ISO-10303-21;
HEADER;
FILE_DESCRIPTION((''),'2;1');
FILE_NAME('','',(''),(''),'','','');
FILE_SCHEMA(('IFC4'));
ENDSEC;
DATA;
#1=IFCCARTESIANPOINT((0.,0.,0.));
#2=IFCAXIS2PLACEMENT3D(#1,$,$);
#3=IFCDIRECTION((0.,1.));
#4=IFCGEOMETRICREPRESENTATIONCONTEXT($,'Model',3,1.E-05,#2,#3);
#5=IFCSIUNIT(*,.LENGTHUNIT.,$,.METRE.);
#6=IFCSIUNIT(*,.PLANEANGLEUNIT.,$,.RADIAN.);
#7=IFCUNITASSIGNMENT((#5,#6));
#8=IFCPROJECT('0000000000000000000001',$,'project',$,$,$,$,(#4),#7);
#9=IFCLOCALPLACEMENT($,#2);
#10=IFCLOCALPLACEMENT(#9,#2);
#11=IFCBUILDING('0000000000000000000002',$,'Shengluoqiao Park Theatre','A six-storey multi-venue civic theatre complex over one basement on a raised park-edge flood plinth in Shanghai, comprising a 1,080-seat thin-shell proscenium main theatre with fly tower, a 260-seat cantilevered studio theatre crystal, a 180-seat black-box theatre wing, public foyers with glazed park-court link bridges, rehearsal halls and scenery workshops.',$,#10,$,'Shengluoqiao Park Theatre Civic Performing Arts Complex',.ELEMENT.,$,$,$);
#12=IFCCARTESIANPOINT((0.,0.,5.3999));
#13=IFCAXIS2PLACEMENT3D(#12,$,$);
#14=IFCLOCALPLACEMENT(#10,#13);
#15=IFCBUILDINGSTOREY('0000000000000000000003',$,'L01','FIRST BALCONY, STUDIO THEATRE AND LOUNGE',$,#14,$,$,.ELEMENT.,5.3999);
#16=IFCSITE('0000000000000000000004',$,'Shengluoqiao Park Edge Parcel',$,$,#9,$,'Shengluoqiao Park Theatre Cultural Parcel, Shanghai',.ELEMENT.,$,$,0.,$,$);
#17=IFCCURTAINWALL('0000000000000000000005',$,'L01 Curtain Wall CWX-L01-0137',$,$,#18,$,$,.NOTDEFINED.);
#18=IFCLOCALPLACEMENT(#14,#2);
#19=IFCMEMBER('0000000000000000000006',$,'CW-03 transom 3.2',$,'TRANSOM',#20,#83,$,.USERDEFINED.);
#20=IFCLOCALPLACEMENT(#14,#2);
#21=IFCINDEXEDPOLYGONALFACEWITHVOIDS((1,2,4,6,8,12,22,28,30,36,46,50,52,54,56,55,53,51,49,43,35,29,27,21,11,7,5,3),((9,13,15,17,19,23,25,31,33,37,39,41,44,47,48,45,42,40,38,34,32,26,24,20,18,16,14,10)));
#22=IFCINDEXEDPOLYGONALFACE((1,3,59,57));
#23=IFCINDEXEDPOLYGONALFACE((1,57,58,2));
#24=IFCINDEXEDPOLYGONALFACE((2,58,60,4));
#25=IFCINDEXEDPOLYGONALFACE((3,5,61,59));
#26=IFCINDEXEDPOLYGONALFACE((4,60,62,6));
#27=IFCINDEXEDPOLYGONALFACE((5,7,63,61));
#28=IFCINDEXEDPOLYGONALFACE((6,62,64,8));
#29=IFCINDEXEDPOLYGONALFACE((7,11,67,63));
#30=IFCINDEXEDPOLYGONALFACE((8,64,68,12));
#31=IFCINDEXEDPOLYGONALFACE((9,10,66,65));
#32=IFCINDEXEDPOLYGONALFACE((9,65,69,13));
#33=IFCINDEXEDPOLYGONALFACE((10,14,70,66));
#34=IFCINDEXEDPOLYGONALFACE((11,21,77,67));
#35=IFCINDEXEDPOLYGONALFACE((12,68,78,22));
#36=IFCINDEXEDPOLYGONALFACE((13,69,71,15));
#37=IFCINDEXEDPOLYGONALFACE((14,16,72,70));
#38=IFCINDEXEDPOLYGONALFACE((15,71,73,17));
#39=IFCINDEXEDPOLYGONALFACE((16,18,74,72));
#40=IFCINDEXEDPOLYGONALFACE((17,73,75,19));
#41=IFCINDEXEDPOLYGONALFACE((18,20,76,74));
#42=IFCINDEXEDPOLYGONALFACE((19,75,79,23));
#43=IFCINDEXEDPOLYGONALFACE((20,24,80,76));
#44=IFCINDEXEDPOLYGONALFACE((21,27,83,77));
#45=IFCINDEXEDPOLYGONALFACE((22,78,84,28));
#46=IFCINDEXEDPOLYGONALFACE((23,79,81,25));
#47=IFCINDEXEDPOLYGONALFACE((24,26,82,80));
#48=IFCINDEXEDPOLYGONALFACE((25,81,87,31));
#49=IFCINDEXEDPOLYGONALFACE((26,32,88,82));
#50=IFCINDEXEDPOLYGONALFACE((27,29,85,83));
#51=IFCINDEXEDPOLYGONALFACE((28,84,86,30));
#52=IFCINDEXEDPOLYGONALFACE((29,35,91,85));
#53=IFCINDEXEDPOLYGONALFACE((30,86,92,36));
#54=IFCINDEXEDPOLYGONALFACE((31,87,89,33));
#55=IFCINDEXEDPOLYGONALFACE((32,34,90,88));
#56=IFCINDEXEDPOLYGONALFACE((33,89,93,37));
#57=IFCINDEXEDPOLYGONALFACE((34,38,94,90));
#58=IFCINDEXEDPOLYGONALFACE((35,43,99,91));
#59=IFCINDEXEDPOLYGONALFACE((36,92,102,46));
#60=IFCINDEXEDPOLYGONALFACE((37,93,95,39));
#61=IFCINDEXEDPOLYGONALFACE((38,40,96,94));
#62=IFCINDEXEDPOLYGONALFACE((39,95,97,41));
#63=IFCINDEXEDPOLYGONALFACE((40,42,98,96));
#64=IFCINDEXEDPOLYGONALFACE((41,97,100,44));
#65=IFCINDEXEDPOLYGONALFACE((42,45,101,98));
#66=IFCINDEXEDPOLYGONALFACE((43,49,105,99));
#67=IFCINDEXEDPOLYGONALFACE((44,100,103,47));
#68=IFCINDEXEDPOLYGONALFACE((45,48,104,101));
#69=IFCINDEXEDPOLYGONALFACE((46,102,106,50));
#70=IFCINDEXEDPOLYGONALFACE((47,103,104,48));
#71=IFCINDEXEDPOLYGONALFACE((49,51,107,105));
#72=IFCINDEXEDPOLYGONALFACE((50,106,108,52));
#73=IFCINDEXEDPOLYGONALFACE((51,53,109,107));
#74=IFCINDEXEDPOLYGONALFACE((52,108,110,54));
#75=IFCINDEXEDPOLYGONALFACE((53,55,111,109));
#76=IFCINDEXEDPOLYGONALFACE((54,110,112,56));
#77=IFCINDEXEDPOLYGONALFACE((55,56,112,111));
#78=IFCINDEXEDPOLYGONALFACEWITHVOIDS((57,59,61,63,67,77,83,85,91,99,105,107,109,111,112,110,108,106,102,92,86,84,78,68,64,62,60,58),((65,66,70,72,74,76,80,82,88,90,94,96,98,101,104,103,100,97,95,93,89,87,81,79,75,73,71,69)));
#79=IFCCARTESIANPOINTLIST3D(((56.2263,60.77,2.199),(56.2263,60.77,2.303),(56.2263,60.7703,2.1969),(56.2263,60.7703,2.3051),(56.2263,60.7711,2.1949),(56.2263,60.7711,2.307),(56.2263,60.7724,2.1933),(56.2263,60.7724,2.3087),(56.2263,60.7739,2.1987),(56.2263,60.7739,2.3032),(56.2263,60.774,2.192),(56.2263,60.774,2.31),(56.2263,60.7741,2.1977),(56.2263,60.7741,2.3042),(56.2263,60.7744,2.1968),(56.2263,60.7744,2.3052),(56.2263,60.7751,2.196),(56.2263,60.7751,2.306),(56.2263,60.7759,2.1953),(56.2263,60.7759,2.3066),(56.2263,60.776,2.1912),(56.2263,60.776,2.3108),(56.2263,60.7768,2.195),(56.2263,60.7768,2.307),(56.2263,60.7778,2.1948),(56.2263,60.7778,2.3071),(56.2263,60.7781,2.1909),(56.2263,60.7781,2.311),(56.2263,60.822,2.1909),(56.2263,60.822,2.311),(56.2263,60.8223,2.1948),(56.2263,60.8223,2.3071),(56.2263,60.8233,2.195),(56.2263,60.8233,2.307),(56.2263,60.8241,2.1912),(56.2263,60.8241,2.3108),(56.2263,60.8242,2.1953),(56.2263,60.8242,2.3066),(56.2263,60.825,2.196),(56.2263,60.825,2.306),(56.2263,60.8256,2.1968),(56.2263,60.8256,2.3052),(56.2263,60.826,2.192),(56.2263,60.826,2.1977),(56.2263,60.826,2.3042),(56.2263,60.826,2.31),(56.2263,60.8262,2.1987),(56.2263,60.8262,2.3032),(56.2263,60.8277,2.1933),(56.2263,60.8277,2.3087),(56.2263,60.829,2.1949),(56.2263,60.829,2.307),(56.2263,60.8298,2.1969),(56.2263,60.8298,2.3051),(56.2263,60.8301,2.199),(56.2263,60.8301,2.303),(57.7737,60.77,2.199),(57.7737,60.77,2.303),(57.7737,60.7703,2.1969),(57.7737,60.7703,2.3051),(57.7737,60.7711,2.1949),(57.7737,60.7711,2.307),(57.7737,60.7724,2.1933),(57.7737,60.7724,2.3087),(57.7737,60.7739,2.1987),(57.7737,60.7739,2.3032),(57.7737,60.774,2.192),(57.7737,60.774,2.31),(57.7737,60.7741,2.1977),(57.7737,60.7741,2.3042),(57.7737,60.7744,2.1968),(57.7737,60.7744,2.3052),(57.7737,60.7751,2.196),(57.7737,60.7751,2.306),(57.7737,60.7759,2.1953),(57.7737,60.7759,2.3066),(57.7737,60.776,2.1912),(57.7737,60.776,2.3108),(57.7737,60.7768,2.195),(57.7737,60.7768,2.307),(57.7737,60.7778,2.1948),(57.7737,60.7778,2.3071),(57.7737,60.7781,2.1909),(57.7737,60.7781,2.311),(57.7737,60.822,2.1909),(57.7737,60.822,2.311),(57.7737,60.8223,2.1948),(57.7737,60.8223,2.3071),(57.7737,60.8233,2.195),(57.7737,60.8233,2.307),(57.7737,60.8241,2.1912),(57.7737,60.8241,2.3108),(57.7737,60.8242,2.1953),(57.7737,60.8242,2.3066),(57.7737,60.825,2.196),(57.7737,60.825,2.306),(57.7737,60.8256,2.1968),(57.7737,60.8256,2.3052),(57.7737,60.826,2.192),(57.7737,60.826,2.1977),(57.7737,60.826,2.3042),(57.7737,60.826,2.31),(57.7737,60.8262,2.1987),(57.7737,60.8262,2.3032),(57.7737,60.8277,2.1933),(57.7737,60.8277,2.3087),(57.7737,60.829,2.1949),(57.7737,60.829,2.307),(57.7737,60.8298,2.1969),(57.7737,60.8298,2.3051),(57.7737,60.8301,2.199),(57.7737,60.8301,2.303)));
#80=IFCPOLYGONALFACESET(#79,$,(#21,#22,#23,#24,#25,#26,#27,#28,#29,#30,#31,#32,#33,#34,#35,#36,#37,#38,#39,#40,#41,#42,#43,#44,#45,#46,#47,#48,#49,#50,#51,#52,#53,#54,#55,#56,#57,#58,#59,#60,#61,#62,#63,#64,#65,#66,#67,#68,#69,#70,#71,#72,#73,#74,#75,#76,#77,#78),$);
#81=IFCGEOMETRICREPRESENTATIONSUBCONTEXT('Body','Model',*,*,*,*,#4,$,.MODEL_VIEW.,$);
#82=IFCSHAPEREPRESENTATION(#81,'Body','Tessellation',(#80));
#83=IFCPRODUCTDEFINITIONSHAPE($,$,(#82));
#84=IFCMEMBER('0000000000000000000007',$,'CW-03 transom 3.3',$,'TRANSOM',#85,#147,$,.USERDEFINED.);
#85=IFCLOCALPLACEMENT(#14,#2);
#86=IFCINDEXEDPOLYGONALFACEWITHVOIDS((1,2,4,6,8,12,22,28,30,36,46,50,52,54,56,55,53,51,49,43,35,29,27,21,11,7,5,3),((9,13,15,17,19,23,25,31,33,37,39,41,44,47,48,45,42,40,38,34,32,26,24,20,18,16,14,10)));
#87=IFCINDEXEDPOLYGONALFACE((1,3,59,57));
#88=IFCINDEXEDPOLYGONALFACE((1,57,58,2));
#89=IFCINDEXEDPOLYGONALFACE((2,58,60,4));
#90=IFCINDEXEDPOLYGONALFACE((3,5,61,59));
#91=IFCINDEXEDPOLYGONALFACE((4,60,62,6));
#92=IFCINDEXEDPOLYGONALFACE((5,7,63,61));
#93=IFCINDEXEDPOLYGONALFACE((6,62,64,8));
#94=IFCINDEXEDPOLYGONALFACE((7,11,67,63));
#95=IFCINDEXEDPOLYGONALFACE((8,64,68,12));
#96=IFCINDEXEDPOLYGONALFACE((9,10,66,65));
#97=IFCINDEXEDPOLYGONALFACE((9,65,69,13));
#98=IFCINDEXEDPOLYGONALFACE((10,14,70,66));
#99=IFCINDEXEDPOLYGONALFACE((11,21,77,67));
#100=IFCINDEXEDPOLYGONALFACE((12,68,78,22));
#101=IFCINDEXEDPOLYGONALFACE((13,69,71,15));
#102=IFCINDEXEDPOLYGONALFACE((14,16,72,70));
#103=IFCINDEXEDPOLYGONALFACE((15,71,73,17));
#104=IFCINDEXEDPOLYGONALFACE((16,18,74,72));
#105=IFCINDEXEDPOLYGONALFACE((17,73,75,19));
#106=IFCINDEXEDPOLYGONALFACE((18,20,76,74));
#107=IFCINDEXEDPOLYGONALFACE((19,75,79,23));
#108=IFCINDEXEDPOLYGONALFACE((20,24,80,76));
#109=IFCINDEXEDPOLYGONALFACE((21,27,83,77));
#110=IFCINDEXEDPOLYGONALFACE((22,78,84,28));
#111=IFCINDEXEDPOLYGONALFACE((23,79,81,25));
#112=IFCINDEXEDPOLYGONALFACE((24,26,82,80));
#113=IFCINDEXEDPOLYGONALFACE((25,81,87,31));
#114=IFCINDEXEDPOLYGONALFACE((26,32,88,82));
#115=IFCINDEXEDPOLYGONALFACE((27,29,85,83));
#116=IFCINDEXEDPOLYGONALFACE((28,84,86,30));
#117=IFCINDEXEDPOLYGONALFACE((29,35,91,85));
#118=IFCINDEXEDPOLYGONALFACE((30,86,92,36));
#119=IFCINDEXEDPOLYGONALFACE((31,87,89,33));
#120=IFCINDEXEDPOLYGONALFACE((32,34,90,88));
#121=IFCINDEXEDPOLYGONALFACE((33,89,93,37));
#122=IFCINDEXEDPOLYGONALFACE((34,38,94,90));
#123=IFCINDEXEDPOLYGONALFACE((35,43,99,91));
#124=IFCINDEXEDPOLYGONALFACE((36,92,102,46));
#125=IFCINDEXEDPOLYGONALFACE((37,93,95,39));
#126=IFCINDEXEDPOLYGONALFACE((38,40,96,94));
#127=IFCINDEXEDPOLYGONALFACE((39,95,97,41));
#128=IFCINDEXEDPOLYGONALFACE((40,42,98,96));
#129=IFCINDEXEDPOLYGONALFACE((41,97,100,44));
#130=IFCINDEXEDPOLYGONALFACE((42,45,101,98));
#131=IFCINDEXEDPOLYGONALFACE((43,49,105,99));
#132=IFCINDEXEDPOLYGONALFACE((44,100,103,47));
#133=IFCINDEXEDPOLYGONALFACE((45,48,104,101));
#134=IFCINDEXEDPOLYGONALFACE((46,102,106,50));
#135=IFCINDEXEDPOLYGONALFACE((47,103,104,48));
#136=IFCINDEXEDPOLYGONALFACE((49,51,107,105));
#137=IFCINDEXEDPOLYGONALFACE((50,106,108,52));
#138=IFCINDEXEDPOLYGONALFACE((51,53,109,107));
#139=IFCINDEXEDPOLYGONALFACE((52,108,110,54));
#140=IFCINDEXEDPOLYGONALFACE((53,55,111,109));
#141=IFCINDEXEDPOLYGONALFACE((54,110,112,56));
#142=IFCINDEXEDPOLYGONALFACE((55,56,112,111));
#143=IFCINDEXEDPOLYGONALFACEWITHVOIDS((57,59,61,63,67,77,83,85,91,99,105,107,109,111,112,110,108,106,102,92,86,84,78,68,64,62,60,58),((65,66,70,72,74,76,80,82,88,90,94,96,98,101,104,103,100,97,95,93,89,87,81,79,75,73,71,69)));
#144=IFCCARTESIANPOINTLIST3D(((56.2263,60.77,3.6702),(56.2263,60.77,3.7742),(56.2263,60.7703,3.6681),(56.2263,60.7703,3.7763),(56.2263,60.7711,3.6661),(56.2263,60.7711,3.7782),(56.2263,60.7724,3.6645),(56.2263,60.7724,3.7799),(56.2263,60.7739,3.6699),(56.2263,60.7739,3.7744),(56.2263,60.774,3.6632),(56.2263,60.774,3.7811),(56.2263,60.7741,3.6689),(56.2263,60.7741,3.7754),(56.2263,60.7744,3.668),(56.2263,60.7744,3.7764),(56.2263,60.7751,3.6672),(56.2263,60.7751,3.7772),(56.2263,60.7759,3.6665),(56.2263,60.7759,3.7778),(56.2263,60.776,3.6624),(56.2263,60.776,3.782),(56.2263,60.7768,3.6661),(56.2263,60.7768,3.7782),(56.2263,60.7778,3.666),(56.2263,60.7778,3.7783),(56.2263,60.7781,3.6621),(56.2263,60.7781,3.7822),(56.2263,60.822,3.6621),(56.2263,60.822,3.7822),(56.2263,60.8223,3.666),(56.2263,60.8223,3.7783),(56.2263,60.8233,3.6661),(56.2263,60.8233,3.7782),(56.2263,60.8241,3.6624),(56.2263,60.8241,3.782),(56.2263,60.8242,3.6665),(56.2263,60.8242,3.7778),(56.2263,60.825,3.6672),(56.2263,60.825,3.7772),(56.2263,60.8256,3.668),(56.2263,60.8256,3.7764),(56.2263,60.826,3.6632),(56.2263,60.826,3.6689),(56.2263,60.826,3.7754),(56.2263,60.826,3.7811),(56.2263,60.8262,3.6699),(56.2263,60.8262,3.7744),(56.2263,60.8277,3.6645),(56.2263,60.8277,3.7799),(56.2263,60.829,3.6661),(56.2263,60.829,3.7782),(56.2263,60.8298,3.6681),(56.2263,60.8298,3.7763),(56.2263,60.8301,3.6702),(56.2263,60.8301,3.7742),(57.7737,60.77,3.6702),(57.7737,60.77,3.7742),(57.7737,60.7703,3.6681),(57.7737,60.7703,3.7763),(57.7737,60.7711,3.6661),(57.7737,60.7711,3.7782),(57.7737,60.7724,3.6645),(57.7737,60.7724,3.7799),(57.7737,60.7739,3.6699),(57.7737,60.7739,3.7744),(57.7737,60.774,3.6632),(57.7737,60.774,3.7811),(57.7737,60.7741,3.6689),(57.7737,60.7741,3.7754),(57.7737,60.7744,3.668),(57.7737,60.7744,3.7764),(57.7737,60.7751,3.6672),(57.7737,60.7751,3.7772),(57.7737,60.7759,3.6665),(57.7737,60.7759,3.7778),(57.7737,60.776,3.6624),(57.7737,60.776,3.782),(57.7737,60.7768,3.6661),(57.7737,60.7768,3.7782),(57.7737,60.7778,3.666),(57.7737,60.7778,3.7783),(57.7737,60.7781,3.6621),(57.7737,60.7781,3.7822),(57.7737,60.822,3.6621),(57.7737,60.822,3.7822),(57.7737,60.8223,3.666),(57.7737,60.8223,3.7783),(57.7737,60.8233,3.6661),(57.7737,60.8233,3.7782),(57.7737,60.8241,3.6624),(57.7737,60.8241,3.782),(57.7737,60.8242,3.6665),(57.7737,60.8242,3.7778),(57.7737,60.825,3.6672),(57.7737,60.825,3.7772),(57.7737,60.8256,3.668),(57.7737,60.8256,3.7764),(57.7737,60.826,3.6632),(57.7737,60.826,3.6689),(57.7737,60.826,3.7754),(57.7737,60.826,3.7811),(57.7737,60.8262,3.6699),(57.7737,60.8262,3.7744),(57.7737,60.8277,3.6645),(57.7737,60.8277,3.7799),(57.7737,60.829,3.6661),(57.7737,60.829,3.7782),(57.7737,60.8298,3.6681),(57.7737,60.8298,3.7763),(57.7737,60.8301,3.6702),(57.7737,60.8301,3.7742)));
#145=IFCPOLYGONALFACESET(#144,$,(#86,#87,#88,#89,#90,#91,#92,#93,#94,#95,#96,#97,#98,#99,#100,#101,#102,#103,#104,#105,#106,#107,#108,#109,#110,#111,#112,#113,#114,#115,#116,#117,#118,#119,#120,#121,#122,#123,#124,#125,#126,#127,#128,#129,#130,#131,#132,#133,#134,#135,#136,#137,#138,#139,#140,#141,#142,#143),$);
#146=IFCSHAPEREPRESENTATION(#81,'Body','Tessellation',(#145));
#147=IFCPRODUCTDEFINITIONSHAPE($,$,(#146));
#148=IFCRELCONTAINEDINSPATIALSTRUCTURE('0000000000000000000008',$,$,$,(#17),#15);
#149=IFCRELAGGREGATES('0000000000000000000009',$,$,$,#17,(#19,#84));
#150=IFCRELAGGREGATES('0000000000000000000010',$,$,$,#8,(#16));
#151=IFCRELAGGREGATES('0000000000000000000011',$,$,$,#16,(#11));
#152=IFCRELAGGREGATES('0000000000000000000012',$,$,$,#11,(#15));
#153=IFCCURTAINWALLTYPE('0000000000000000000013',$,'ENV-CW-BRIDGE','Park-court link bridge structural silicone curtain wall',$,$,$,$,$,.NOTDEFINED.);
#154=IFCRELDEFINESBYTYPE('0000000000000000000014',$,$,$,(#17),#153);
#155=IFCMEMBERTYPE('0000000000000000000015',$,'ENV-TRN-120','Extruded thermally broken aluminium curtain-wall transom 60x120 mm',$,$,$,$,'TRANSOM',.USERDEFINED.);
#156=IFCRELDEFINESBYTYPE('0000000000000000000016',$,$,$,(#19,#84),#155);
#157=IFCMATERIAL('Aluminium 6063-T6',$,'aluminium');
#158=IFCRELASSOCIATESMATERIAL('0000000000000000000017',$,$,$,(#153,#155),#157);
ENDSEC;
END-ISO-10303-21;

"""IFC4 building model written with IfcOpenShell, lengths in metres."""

from ifc_helpers import new_model, si_unit, direction, frame, origin, origin_2d, place, context, subcontext, project, spatial, hollow_rectangle, extrude, material, material_profile, profile_set, type_object, element, aggregate, save


model = new_model("IFC4")

# Units and contexts
model_context = context("Model", 3, precision=1e-05, world=origin(), true_north=direction((0.0, 1.0)))
body_context = subcontext(model_context, "Body", "Model", "MODEL_VIEW")
ifc_project = project(units=[si_unit("LENGTHUNIT", "METRE"), si_unit("PLANEANGLEUNIT", "RADIAN")], contexts=[model_context])

# Site, building, storey
site_placement = place(None, origin())
site = spatial("IfcSite", under=ifc_project, at=site_placement, Name="Shengluoqiao Park Edge Parcel", LongName="Shengluoqiao Park Theatre Cultural Parcel, Shanghai", CompositionType="ELEMENT", RefElevation=0.0)
building_placement = place(site_placement, origin())
building = spatial("IfcBuilding", under=site, at=building_placement, Name="Shengluoqiao Park Theatre", Description="A six-storey multi-venue civic theatre complex over one basement on a raised park-edge flood plinth in Shanghai, comprising a 1,080-seat thin-shell proscenium main theatre with fly tower, a 260-seat cantilevered studio theatre crystal, a 180-seat black-box theatre wing, public foyers with glazed park-court link bridges, rehearsal halls and scenery workshops.", LongName="Shengluoqiao Park Theatre Civic Performing Arts Complex", CompositionType="ELEMENT")
storey_placement = place(building_placement, frame((0.0, 0.0, 5.3999)))
storey = spatial("IfcBuildingStorey", under=building, at=storey_placement, Name="L01", Description="FIRST BALCONY, STUDIO THEATRE AND LOUNGE", CompositionType="ELEMENT", Elevation=5.3999)

# Curtain wall
ifc_material_1 = material(Name="Aluminium 6063-T6", Category="aluminium")
curtain_wall_type_1 = type_object("IfcCurtainWallType", Name="ENV-CW-BRIDGE", Description="Park-court link bridge structural silicone curtain wall", PredefinedType="NOTDEFINED", material=ifc_material_1)
curtain_wall_1_placement = place(storey_placement, origin())
curtain_wall_1 = element("IfcCurtainWall", 1, at=curtain_wall_1_placement, inside=storey, type_object=curtain_wall_type_1, Name="L01 Curtain Wall CWX-L01-0137", PredefinedType="NOTDEFINED")

# Members
ifc_material_profile_1 = material_profile(ifc_material_1, hollow_rectangle(XDim=0.0601, YDim=0.1201, WallThickness=0.0039, InnerFilletRadius=0.0039, OuterFilletRadius=0.0081, at=origin_2d()), Name="ALU TRANSOM 120x60x4")
ifc_profile_set_1 = profile_set([ifc_material_profile_1], Name="Aluminium 6063-T6")
member_type_1 = type_object("IfcMemberType", Name="ENV-TRN-120", Description="Extruded thermally broken aluminium curtain-wall transom 60x120 mm", ElementType="TRANSOM", PredefinedType="USERDEFINED", material=ifc_profile_set_1)
member_1_placement = place(storey_placement, frame((56.2263, 60.8, 2.251), z_axis=(1.0, 0.0, 0.0), x_axis=(0.0, 1.0, 0.0)))
member_1 = element("IfcMember", 2, at=member_1_placement, type_object=member_type_1, Name="CW-03 transom 3.2", ObjectType="TRANSOM", PredefinedType="USERDEFINED", context=body_context, shape_type="SweptSolid", body=[
    extrude(hollow_rectangle(XDim=0.0601, YDim=0.1201, WallThickness=0.0039, InnerFilletRadius=0.0039, OuterFilletRadius=0.0081, at=origin_2d()), origin(), (0.0, 0.0, 1.0), 1.5474),
])
member_2_placement = place(storey_placement, frame((56.2263, 60.8, 3.7222), z_axis=(1.0, 0.0, 0.0), x_axis=(0.0, 1.0, 0.0)))
member_2 = element("IfcMember", 3, at=member_2_placement, type_object=member_type_1, Name="CW-03 transom 3.3", ObjectType="TRANSOM", PredefinedType="USERDEFINED", context=body_context, shape_type="SweptSolid", body=[
    extrude(hollow_rectangle(XDim=0.0601, YDim=0.1201, WallThickness=0.0039, InnerFilletRadius=0.0039, OuterFilletRadius=0.0081, at=origin_2d()), origin(), (0.0, 0.0, 1.0), 1.5474),
])

aggregate(curtain_wall_1, [member_1, member_2])

save(model, "model.ifc")
